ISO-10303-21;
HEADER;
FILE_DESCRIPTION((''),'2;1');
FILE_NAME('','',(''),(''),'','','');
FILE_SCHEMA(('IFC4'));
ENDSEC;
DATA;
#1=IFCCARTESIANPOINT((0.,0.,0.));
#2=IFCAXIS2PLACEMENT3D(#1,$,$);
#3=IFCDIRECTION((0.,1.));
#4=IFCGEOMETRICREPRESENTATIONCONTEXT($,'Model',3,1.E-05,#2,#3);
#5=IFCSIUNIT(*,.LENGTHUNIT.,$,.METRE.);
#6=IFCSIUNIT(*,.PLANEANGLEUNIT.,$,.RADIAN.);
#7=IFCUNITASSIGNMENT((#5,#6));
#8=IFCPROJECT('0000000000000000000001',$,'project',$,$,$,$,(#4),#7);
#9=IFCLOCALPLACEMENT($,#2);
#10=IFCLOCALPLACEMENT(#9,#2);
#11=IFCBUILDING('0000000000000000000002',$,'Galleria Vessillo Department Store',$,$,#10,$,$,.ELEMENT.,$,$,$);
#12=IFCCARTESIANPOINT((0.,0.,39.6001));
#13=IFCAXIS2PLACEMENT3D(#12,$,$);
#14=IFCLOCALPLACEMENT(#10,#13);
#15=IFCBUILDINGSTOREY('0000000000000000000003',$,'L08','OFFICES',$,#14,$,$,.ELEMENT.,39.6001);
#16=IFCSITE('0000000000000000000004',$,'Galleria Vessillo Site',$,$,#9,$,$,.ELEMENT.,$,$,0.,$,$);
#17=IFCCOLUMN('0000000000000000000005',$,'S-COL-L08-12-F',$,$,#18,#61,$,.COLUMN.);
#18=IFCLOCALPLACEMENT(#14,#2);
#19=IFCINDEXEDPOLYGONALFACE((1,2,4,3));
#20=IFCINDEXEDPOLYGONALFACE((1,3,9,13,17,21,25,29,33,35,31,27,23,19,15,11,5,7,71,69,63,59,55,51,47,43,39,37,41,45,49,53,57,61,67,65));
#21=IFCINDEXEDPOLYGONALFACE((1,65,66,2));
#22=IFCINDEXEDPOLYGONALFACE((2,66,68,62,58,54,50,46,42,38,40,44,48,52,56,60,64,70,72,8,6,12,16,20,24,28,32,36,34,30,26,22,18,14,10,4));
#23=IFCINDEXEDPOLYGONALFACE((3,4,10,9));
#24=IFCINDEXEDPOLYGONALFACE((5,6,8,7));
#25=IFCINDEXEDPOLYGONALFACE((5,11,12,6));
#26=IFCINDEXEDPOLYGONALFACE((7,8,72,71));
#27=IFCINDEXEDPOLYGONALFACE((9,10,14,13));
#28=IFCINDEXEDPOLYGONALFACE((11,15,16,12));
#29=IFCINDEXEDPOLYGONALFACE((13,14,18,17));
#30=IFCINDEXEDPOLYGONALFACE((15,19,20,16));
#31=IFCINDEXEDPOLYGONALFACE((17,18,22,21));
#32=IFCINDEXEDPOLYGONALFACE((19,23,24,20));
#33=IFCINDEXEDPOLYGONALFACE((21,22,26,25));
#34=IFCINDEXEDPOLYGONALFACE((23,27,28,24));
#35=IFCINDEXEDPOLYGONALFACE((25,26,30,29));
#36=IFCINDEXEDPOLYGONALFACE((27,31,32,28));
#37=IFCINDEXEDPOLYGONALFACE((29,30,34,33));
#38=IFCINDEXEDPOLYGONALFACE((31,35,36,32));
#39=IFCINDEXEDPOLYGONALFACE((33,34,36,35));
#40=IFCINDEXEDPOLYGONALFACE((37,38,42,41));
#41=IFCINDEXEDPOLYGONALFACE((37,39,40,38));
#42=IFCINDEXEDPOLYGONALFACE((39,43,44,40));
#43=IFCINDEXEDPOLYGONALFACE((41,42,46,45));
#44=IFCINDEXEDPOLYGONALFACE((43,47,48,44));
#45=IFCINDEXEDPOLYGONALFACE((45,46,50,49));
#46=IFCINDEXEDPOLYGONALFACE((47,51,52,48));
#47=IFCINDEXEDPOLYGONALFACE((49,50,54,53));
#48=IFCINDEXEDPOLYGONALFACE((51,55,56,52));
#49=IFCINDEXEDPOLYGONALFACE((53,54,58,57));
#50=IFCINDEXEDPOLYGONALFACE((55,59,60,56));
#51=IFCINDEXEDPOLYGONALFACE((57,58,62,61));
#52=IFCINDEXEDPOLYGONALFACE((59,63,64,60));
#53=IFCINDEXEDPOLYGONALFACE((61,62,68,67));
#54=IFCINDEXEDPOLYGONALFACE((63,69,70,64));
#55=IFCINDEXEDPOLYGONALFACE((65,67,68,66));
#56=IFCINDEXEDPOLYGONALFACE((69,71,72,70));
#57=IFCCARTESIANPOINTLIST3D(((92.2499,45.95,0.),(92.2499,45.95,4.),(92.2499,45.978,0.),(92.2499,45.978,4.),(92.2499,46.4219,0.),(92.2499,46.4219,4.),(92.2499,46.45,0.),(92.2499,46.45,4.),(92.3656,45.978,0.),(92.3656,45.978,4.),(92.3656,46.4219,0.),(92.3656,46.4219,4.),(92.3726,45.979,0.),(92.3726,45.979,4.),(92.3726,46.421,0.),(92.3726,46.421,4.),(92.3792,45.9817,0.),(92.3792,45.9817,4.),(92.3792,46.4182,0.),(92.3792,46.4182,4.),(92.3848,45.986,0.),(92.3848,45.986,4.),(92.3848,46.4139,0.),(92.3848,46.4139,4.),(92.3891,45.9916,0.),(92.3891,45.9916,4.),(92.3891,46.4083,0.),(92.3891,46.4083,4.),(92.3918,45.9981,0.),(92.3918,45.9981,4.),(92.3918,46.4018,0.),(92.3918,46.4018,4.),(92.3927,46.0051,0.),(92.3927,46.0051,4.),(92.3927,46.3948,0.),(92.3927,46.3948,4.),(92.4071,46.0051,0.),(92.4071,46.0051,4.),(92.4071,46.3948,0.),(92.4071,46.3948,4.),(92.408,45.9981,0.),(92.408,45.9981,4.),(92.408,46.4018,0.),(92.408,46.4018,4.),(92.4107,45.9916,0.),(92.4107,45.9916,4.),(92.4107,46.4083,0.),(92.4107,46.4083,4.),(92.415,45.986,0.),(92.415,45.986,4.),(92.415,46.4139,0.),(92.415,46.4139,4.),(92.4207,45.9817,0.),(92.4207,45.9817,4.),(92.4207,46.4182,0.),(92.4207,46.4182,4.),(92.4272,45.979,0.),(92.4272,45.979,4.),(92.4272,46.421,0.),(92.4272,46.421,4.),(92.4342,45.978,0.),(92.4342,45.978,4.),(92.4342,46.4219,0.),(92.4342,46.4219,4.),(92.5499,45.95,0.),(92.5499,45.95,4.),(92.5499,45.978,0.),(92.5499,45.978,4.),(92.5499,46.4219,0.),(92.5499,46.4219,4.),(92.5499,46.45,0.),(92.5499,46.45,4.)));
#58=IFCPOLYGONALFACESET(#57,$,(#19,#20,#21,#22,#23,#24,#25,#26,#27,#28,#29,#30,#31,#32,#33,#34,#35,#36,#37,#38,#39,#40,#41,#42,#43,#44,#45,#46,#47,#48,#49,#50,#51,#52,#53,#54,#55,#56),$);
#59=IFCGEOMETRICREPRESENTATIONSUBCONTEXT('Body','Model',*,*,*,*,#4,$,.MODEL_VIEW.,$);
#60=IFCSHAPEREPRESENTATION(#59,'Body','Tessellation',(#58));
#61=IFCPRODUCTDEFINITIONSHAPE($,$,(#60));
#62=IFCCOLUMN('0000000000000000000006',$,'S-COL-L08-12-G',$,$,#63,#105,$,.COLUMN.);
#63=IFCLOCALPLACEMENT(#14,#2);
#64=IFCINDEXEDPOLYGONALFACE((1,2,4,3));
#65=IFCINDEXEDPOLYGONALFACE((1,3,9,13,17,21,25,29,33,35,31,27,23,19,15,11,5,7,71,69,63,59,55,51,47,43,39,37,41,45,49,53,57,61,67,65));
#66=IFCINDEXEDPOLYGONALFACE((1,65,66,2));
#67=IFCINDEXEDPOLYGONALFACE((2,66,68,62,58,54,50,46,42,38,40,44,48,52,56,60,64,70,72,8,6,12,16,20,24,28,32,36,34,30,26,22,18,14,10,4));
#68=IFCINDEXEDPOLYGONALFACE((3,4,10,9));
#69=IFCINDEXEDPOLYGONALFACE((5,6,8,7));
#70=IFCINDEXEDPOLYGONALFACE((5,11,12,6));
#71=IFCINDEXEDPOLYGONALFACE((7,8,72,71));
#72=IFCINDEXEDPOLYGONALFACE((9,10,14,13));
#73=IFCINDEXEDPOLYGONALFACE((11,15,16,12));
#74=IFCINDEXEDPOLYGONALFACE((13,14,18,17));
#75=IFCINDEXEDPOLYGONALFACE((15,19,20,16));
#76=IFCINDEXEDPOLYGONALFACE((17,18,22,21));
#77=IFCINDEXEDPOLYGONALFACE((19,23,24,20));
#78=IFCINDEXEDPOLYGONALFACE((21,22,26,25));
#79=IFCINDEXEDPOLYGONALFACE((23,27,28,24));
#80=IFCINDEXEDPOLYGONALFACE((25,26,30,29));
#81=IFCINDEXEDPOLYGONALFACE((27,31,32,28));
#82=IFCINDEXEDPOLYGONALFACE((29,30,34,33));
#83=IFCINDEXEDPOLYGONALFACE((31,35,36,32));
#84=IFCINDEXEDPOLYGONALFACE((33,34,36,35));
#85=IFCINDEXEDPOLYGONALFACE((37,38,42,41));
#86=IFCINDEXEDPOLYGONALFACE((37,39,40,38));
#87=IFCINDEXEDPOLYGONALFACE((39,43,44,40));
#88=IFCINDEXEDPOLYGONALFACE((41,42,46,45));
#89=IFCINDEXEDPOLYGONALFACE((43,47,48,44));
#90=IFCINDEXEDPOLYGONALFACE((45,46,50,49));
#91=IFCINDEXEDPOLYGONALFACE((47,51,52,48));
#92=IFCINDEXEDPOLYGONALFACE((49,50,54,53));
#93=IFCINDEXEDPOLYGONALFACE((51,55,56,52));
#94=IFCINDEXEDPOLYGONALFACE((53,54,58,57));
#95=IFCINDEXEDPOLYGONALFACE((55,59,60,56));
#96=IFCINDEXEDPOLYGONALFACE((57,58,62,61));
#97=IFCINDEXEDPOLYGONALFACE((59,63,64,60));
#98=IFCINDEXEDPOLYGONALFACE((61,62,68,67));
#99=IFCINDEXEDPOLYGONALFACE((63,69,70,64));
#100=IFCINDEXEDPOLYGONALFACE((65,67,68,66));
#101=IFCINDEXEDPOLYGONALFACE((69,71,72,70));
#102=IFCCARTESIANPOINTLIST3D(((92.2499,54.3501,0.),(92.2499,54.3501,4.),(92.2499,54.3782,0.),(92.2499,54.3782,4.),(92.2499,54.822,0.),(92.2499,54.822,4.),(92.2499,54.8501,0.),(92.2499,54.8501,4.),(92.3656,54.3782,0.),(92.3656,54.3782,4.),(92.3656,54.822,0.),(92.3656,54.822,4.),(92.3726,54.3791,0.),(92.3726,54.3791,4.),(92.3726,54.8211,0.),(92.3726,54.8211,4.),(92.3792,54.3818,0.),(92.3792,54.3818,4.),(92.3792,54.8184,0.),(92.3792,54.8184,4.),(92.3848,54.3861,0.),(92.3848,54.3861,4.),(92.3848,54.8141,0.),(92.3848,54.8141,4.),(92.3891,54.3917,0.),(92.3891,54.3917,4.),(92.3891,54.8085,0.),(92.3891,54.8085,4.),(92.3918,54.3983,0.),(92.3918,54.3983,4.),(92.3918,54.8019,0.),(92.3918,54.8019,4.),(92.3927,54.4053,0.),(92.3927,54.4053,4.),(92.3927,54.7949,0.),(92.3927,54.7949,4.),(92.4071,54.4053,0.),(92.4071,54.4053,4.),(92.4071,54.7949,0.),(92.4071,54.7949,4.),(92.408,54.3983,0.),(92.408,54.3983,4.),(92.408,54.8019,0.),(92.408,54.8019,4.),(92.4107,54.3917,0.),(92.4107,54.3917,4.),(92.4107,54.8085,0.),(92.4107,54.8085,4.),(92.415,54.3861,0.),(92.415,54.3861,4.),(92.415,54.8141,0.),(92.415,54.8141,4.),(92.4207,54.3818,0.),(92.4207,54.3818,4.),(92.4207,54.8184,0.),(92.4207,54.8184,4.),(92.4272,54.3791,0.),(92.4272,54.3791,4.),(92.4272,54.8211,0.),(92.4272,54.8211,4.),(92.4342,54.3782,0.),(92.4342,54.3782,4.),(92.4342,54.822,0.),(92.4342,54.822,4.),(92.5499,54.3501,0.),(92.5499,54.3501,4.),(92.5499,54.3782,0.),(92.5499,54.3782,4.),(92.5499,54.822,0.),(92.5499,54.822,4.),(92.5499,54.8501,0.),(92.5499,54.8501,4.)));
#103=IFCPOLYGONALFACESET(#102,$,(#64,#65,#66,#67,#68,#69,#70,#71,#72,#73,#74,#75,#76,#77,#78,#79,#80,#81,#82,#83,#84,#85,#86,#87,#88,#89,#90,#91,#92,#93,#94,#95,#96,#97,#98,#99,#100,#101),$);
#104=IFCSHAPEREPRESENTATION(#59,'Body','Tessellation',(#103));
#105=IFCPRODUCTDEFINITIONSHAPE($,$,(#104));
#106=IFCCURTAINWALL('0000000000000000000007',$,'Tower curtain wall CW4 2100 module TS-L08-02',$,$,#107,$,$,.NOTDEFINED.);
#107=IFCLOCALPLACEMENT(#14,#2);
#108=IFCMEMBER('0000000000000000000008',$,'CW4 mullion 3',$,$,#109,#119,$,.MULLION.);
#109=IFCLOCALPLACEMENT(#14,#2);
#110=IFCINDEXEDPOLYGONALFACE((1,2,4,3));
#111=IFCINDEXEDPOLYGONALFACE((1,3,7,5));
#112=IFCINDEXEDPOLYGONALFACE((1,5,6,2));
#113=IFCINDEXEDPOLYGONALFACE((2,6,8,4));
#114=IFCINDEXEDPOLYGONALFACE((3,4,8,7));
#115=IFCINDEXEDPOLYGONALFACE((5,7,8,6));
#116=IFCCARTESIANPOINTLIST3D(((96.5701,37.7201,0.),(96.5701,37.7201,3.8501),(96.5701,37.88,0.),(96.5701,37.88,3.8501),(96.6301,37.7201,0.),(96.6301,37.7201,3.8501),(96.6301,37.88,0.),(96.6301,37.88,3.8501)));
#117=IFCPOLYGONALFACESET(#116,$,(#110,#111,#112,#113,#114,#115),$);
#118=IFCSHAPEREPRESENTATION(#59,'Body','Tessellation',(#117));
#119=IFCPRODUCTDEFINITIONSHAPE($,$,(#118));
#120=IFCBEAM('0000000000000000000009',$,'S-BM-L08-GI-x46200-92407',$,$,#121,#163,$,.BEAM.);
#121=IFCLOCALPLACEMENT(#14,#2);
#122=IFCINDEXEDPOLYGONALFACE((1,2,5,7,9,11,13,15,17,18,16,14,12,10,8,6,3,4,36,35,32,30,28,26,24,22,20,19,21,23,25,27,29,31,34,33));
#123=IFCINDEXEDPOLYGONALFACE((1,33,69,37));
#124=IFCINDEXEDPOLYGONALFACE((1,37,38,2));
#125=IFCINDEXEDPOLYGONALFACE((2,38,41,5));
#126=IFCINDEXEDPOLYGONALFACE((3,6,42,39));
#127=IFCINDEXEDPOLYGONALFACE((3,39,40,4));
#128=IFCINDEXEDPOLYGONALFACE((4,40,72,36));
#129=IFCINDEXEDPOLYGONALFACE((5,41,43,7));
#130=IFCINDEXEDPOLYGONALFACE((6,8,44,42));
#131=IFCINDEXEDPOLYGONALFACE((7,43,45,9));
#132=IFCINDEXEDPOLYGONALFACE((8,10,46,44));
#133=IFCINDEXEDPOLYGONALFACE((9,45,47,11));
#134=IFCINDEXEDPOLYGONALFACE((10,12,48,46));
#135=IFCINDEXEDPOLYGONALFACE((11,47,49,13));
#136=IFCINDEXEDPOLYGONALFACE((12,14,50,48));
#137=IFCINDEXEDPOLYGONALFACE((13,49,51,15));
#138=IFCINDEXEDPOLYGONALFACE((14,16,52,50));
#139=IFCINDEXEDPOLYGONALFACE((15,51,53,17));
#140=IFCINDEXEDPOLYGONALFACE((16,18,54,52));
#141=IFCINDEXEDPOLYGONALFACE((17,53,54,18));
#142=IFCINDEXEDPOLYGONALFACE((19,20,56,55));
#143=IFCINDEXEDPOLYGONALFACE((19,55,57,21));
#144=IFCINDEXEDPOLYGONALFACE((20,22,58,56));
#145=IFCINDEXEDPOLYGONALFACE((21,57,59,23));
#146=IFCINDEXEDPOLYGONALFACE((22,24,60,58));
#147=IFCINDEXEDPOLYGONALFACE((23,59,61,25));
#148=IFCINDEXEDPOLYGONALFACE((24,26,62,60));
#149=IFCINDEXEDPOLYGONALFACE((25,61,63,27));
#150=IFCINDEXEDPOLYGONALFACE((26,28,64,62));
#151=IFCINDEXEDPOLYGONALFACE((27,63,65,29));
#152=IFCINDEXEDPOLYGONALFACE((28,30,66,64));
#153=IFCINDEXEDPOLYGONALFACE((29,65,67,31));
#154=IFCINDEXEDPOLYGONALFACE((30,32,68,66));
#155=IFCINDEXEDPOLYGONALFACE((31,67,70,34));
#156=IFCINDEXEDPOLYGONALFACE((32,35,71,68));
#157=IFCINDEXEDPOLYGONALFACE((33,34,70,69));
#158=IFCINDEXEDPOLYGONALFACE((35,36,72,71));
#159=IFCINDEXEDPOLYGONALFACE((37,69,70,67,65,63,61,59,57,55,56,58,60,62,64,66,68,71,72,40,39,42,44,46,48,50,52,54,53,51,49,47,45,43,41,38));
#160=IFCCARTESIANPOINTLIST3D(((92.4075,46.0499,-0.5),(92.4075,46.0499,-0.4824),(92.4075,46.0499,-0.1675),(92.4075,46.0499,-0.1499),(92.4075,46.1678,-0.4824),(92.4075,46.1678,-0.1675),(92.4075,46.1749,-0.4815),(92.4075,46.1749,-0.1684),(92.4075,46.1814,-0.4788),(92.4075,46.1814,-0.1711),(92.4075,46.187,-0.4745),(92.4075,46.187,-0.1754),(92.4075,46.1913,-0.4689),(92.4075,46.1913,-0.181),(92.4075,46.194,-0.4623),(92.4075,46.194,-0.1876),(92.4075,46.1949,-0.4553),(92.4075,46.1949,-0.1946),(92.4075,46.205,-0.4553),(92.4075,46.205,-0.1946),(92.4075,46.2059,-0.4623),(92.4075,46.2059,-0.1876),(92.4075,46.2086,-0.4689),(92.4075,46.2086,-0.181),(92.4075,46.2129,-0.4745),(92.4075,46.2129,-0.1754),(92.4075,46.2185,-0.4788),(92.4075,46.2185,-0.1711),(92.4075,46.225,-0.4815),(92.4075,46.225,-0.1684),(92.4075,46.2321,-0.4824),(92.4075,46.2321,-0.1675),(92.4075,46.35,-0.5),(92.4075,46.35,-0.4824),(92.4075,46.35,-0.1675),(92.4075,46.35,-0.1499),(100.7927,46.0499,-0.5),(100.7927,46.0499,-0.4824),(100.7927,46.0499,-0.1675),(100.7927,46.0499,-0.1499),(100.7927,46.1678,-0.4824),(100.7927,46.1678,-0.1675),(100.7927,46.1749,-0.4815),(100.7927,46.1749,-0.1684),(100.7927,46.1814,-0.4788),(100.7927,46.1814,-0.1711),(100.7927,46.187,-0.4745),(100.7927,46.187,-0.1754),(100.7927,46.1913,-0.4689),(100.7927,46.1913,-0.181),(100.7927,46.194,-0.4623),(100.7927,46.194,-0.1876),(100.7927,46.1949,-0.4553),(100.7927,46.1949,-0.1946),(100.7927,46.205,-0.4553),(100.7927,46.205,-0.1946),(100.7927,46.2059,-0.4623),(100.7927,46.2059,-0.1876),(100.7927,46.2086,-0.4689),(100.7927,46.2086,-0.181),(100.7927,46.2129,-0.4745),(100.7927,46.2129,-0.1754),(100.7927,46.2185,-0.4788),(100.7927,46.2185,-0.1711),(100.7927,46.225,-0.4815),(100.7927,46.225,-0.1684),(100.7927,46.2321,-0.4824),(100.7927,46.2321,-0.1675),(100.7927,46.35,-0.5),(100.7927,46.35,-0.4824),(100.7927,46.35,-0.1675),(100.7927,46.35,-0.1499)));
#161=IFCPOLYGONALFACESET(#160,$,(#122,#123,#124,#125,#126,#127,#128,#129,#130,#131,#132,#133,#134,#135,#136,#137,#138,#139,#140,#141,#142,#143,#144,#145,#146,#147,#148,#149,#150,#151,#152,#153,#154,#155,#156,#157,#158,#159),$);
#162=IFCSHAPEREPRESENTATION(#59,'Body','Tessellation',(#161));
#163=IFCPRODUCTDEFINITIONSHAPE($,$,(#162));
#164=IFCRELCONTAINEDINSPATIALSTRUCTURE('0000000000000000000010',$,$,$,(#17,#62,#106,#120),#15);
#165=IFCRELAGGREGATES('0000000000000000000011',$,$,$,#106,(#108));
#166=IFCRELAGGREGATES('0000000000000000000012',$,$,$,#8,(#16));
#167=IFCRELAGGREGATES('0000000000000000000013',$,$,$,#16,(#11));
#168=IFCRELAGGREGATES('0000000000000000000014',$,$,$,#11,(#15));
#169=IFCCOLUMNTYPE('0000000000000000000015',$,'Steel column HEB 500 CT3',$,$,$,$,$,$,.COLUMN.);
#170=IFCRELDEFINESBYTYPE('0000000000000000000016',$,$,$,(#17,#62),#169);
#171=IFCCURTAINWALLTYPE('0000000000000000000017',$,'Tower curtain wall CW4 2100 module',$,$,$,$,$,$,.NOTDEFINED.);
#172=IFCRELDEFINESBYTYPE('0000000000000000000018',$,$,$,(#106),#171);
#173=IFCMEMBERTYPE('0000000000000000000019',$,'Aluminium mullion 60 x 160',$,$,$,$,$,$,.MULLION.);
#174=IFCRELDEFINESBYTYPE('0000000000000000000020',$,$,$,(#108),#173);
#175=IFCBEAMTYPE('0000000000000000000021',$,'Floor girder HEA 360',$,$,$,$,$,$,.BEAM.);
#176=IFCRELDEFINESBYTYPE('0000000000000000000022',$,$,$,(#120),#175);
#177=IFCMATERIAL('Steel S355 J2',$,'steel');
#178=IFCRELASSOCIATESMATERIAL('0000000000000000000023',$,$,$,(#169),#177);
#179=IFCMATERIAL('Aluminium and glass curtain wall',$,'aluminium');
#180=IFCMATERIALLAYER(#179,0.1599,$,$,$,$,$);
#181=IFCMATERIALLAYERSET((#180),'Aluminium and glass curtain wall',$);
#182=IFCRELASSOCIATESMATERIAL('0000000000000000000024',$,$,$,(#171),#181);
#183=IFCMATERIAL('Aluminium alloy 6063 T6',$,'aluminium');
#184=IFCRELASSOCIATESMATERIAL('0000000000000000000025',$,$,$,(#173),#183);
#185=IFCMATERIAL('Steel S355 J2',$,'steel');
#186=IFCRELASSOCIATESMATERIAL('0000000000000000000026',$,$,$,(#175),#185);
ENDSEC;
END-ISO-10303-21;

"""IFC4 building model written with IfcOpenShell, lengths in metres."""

from ifc_helpers import new_model, si_unit, direction, frame, origin, origin_2d, place, context, subcontext, project, spatial, rectangle, i_section, extrude, material, layer, layer_set, material_profile, profile_set, type_object, element, aggregate, save


model = new_model("IFC4")

# Units and contexts
model_context = context("Model", 3, precision=1e-05, world=origin(), true_north=direction((0.0, 1.0)))
body_context = subcontext(model_context, "Body", "Model", "MODEL_VIEW")
ifc_project = project(units=[si_unit("LENGTHUNIT", "METRE"), si_unit("PLANEANGLEUNIT", "RADIAN")], contexts=[model_context])

# Site, building, storey
site_placement = place(None, origin())
site = spatial("IfcSite", under=ifc_project, at=site_placement, Name="Galleria Vessillo Site", CompositionType="ELEMENT", RefElevation=0.0)
building_placement = place(site_placement, origin())
building = spatial("IfcBuilding", under=site, at=building_placement, Name="Galleria Vessillo Department Store", CompositionType="ELEMENT")
storey_placement = place(building_placement, frame((0.0, 0.0, 39.6001)))
storey = spatial("IfcBuildingStorey", under=building, at=storey_placement, Name="L08", Description="OFFICES", CompositionType="ELEMENT", Elevation=39.6001)

# Columns
ifc_material_1 = material(Name="Steel S355 J2", Category="steel")
ifc_material_profile_1 = material_profile(ifc_material_1, i_section(OverallWidth=0.3, OverallDepth=0.5, WebThickness=0.0144, FlangeThickness=0.0281, FilletRadius=0.0271, at=origin_2d()), Name="HEB 500")
ifc_profile_set_1 = profile_set([ifc_material_profile_1], Name="Steel S355 J2")
column_type = type_object("IfcColumnType", Name="Steel column HEB 500 CT3", PredefinedType="COLUMN", material=ifc_profile_set_1)
for number, where, z_axis, x_axis, name in (
    (1, (92.3999, 46.2, 0.0), (0.0, 0.0, 1.0), (1.0, 0.0, 0.0), "S-COL-L08-12-F"),
    (2, (92.3999, 54.6001, 0.0), (0.0, 0.0, 1.0), (1.0, 0.0, 0.0), "S-COL-L08-12-G"),
):
    element("IfcColumn", number, at=place(storey_placement, frame(where, z_axis=z_axis, x_axis=x_axis)), inside=storey, type_object=column_type, Name=name, PredefinedType="COLUMN", context=body_context, shape_type="SweptSolid", body=[
        extrude(i_section(OverallWidth=0.3, OverallDepth=0.5, WebThickness=0.0144, FlangeThickness=0.0281, FilletRadius=0.0271, at=origin_2d()), origin(), (0.0, 0.0, 1.0), 4.0),
    ])

# Curtain wall, member
ifc_material_2 = material(Name="Aluminium and glass curtain wall", Category="aluminium")
ifc_layer_1 = layer(ifc_material_2, 0.1599)
ifc_layer_set_1 = layer_set([ifc_layer_1], Name="Aluminium and glass curtain wall")
curtain_wall_type = type_object("IfcCurtainWallType", Name="Tower curtain wall CW4 2100 module", PredefinedType="NOTDEFINED", material=ifc_layer_set_1)
curtain_wall_placement = place(storey_placement, origin())
curtain_wall = element("IfcCurtainWall", 3, at=curtain_wall_placement, inside=storey, type_object=curtain_wall_type, Name="Tower curtain wall CW4 2100 module TS-L08-02", PredefinedType="NOTDEFINED")
ifc_material_3 = material(Name="Aluminium alloy 6063 T6", Category="aluminium")
ifc_material_profile_2 = material_profile(ifc_material_3, rectangle(XDim=0.1599, YDim=0.0601, at=origin_2d()), Name="AL 60x160")
ifc_profile_set_2 = profile_set([ifc_material_profile_2], Name="Aluminium alloy 6063 T6")
member_type = type_object("IfcMemberType", Name="Aluminium mullion 60 x 160", PredefinedType="MULLION", material=ifc_profile_set_2)
member_placement = place(storey_placement, frame((96.6001, 37.8, 0.0), z_axis=(0.0, 0.0, 1.0), x_axis=(0.0, 1.0, 0.0)))
member = element("IfcMember", 4, at=member_placement, type_object=member_type, Name="CW4 mullion 3", PredefinedType="MULLION", context=body_context, shape_type="SweptSolid", body=[
    extrude(rectangle(XDim=0.1599, YDim=0.0601, at=origin_2d()), origin(), (0.0, 0.0, 1.0), 3.8501),
])
aggregate(curtain_wall, [member])

# Beam
ifc_material_4 = material(Name="Steel S355 J2", Category="steel")
ifc_material_profile_3 = material_profile(ifc_material_4, i_section(OverallWidth=0.3, OverallDepth=0.3501, WebThickness=0.01, FlangeThickness=0.0176, FilletRadius=0.0271, at=origin_2d()), Name="HEA 360")
ifc_profile_set_3 = profile_set([ifc_material_profile_3], Name="Steel S355 J2")
beam_type_1 = type_object("IfcBeamType", Name="Floor girder HEA 360", PredefinedType="BEAM", material=ifc_profile_set_3)
beam_1_placement = place(storey_placement, frame((92.4075, 46.2, -0.325), z_axis=(1.0, 0.0, 0.0), x_axis=(0.0, 1.0, 0.0)))
element("IfcBeam", 5, at=beam_1_placement, inside=storey, type_object=beam_type_1, Name="S-BM-L08-GI-x46200-92407", PredefinedType="BEAM", context=body_context, shape_type="SweptSolid", body=[
    extrude(i_section(OverallWidth=0.3, OverallDepth=0.3501, WebThickness=0.01, FlangeThickness=0.0176, FilletRadius=0.0271, at=origin_2d()), origin(), (0.0, 0.0, 1.0), 8.3853),
])

save(model, "model.ifc")
